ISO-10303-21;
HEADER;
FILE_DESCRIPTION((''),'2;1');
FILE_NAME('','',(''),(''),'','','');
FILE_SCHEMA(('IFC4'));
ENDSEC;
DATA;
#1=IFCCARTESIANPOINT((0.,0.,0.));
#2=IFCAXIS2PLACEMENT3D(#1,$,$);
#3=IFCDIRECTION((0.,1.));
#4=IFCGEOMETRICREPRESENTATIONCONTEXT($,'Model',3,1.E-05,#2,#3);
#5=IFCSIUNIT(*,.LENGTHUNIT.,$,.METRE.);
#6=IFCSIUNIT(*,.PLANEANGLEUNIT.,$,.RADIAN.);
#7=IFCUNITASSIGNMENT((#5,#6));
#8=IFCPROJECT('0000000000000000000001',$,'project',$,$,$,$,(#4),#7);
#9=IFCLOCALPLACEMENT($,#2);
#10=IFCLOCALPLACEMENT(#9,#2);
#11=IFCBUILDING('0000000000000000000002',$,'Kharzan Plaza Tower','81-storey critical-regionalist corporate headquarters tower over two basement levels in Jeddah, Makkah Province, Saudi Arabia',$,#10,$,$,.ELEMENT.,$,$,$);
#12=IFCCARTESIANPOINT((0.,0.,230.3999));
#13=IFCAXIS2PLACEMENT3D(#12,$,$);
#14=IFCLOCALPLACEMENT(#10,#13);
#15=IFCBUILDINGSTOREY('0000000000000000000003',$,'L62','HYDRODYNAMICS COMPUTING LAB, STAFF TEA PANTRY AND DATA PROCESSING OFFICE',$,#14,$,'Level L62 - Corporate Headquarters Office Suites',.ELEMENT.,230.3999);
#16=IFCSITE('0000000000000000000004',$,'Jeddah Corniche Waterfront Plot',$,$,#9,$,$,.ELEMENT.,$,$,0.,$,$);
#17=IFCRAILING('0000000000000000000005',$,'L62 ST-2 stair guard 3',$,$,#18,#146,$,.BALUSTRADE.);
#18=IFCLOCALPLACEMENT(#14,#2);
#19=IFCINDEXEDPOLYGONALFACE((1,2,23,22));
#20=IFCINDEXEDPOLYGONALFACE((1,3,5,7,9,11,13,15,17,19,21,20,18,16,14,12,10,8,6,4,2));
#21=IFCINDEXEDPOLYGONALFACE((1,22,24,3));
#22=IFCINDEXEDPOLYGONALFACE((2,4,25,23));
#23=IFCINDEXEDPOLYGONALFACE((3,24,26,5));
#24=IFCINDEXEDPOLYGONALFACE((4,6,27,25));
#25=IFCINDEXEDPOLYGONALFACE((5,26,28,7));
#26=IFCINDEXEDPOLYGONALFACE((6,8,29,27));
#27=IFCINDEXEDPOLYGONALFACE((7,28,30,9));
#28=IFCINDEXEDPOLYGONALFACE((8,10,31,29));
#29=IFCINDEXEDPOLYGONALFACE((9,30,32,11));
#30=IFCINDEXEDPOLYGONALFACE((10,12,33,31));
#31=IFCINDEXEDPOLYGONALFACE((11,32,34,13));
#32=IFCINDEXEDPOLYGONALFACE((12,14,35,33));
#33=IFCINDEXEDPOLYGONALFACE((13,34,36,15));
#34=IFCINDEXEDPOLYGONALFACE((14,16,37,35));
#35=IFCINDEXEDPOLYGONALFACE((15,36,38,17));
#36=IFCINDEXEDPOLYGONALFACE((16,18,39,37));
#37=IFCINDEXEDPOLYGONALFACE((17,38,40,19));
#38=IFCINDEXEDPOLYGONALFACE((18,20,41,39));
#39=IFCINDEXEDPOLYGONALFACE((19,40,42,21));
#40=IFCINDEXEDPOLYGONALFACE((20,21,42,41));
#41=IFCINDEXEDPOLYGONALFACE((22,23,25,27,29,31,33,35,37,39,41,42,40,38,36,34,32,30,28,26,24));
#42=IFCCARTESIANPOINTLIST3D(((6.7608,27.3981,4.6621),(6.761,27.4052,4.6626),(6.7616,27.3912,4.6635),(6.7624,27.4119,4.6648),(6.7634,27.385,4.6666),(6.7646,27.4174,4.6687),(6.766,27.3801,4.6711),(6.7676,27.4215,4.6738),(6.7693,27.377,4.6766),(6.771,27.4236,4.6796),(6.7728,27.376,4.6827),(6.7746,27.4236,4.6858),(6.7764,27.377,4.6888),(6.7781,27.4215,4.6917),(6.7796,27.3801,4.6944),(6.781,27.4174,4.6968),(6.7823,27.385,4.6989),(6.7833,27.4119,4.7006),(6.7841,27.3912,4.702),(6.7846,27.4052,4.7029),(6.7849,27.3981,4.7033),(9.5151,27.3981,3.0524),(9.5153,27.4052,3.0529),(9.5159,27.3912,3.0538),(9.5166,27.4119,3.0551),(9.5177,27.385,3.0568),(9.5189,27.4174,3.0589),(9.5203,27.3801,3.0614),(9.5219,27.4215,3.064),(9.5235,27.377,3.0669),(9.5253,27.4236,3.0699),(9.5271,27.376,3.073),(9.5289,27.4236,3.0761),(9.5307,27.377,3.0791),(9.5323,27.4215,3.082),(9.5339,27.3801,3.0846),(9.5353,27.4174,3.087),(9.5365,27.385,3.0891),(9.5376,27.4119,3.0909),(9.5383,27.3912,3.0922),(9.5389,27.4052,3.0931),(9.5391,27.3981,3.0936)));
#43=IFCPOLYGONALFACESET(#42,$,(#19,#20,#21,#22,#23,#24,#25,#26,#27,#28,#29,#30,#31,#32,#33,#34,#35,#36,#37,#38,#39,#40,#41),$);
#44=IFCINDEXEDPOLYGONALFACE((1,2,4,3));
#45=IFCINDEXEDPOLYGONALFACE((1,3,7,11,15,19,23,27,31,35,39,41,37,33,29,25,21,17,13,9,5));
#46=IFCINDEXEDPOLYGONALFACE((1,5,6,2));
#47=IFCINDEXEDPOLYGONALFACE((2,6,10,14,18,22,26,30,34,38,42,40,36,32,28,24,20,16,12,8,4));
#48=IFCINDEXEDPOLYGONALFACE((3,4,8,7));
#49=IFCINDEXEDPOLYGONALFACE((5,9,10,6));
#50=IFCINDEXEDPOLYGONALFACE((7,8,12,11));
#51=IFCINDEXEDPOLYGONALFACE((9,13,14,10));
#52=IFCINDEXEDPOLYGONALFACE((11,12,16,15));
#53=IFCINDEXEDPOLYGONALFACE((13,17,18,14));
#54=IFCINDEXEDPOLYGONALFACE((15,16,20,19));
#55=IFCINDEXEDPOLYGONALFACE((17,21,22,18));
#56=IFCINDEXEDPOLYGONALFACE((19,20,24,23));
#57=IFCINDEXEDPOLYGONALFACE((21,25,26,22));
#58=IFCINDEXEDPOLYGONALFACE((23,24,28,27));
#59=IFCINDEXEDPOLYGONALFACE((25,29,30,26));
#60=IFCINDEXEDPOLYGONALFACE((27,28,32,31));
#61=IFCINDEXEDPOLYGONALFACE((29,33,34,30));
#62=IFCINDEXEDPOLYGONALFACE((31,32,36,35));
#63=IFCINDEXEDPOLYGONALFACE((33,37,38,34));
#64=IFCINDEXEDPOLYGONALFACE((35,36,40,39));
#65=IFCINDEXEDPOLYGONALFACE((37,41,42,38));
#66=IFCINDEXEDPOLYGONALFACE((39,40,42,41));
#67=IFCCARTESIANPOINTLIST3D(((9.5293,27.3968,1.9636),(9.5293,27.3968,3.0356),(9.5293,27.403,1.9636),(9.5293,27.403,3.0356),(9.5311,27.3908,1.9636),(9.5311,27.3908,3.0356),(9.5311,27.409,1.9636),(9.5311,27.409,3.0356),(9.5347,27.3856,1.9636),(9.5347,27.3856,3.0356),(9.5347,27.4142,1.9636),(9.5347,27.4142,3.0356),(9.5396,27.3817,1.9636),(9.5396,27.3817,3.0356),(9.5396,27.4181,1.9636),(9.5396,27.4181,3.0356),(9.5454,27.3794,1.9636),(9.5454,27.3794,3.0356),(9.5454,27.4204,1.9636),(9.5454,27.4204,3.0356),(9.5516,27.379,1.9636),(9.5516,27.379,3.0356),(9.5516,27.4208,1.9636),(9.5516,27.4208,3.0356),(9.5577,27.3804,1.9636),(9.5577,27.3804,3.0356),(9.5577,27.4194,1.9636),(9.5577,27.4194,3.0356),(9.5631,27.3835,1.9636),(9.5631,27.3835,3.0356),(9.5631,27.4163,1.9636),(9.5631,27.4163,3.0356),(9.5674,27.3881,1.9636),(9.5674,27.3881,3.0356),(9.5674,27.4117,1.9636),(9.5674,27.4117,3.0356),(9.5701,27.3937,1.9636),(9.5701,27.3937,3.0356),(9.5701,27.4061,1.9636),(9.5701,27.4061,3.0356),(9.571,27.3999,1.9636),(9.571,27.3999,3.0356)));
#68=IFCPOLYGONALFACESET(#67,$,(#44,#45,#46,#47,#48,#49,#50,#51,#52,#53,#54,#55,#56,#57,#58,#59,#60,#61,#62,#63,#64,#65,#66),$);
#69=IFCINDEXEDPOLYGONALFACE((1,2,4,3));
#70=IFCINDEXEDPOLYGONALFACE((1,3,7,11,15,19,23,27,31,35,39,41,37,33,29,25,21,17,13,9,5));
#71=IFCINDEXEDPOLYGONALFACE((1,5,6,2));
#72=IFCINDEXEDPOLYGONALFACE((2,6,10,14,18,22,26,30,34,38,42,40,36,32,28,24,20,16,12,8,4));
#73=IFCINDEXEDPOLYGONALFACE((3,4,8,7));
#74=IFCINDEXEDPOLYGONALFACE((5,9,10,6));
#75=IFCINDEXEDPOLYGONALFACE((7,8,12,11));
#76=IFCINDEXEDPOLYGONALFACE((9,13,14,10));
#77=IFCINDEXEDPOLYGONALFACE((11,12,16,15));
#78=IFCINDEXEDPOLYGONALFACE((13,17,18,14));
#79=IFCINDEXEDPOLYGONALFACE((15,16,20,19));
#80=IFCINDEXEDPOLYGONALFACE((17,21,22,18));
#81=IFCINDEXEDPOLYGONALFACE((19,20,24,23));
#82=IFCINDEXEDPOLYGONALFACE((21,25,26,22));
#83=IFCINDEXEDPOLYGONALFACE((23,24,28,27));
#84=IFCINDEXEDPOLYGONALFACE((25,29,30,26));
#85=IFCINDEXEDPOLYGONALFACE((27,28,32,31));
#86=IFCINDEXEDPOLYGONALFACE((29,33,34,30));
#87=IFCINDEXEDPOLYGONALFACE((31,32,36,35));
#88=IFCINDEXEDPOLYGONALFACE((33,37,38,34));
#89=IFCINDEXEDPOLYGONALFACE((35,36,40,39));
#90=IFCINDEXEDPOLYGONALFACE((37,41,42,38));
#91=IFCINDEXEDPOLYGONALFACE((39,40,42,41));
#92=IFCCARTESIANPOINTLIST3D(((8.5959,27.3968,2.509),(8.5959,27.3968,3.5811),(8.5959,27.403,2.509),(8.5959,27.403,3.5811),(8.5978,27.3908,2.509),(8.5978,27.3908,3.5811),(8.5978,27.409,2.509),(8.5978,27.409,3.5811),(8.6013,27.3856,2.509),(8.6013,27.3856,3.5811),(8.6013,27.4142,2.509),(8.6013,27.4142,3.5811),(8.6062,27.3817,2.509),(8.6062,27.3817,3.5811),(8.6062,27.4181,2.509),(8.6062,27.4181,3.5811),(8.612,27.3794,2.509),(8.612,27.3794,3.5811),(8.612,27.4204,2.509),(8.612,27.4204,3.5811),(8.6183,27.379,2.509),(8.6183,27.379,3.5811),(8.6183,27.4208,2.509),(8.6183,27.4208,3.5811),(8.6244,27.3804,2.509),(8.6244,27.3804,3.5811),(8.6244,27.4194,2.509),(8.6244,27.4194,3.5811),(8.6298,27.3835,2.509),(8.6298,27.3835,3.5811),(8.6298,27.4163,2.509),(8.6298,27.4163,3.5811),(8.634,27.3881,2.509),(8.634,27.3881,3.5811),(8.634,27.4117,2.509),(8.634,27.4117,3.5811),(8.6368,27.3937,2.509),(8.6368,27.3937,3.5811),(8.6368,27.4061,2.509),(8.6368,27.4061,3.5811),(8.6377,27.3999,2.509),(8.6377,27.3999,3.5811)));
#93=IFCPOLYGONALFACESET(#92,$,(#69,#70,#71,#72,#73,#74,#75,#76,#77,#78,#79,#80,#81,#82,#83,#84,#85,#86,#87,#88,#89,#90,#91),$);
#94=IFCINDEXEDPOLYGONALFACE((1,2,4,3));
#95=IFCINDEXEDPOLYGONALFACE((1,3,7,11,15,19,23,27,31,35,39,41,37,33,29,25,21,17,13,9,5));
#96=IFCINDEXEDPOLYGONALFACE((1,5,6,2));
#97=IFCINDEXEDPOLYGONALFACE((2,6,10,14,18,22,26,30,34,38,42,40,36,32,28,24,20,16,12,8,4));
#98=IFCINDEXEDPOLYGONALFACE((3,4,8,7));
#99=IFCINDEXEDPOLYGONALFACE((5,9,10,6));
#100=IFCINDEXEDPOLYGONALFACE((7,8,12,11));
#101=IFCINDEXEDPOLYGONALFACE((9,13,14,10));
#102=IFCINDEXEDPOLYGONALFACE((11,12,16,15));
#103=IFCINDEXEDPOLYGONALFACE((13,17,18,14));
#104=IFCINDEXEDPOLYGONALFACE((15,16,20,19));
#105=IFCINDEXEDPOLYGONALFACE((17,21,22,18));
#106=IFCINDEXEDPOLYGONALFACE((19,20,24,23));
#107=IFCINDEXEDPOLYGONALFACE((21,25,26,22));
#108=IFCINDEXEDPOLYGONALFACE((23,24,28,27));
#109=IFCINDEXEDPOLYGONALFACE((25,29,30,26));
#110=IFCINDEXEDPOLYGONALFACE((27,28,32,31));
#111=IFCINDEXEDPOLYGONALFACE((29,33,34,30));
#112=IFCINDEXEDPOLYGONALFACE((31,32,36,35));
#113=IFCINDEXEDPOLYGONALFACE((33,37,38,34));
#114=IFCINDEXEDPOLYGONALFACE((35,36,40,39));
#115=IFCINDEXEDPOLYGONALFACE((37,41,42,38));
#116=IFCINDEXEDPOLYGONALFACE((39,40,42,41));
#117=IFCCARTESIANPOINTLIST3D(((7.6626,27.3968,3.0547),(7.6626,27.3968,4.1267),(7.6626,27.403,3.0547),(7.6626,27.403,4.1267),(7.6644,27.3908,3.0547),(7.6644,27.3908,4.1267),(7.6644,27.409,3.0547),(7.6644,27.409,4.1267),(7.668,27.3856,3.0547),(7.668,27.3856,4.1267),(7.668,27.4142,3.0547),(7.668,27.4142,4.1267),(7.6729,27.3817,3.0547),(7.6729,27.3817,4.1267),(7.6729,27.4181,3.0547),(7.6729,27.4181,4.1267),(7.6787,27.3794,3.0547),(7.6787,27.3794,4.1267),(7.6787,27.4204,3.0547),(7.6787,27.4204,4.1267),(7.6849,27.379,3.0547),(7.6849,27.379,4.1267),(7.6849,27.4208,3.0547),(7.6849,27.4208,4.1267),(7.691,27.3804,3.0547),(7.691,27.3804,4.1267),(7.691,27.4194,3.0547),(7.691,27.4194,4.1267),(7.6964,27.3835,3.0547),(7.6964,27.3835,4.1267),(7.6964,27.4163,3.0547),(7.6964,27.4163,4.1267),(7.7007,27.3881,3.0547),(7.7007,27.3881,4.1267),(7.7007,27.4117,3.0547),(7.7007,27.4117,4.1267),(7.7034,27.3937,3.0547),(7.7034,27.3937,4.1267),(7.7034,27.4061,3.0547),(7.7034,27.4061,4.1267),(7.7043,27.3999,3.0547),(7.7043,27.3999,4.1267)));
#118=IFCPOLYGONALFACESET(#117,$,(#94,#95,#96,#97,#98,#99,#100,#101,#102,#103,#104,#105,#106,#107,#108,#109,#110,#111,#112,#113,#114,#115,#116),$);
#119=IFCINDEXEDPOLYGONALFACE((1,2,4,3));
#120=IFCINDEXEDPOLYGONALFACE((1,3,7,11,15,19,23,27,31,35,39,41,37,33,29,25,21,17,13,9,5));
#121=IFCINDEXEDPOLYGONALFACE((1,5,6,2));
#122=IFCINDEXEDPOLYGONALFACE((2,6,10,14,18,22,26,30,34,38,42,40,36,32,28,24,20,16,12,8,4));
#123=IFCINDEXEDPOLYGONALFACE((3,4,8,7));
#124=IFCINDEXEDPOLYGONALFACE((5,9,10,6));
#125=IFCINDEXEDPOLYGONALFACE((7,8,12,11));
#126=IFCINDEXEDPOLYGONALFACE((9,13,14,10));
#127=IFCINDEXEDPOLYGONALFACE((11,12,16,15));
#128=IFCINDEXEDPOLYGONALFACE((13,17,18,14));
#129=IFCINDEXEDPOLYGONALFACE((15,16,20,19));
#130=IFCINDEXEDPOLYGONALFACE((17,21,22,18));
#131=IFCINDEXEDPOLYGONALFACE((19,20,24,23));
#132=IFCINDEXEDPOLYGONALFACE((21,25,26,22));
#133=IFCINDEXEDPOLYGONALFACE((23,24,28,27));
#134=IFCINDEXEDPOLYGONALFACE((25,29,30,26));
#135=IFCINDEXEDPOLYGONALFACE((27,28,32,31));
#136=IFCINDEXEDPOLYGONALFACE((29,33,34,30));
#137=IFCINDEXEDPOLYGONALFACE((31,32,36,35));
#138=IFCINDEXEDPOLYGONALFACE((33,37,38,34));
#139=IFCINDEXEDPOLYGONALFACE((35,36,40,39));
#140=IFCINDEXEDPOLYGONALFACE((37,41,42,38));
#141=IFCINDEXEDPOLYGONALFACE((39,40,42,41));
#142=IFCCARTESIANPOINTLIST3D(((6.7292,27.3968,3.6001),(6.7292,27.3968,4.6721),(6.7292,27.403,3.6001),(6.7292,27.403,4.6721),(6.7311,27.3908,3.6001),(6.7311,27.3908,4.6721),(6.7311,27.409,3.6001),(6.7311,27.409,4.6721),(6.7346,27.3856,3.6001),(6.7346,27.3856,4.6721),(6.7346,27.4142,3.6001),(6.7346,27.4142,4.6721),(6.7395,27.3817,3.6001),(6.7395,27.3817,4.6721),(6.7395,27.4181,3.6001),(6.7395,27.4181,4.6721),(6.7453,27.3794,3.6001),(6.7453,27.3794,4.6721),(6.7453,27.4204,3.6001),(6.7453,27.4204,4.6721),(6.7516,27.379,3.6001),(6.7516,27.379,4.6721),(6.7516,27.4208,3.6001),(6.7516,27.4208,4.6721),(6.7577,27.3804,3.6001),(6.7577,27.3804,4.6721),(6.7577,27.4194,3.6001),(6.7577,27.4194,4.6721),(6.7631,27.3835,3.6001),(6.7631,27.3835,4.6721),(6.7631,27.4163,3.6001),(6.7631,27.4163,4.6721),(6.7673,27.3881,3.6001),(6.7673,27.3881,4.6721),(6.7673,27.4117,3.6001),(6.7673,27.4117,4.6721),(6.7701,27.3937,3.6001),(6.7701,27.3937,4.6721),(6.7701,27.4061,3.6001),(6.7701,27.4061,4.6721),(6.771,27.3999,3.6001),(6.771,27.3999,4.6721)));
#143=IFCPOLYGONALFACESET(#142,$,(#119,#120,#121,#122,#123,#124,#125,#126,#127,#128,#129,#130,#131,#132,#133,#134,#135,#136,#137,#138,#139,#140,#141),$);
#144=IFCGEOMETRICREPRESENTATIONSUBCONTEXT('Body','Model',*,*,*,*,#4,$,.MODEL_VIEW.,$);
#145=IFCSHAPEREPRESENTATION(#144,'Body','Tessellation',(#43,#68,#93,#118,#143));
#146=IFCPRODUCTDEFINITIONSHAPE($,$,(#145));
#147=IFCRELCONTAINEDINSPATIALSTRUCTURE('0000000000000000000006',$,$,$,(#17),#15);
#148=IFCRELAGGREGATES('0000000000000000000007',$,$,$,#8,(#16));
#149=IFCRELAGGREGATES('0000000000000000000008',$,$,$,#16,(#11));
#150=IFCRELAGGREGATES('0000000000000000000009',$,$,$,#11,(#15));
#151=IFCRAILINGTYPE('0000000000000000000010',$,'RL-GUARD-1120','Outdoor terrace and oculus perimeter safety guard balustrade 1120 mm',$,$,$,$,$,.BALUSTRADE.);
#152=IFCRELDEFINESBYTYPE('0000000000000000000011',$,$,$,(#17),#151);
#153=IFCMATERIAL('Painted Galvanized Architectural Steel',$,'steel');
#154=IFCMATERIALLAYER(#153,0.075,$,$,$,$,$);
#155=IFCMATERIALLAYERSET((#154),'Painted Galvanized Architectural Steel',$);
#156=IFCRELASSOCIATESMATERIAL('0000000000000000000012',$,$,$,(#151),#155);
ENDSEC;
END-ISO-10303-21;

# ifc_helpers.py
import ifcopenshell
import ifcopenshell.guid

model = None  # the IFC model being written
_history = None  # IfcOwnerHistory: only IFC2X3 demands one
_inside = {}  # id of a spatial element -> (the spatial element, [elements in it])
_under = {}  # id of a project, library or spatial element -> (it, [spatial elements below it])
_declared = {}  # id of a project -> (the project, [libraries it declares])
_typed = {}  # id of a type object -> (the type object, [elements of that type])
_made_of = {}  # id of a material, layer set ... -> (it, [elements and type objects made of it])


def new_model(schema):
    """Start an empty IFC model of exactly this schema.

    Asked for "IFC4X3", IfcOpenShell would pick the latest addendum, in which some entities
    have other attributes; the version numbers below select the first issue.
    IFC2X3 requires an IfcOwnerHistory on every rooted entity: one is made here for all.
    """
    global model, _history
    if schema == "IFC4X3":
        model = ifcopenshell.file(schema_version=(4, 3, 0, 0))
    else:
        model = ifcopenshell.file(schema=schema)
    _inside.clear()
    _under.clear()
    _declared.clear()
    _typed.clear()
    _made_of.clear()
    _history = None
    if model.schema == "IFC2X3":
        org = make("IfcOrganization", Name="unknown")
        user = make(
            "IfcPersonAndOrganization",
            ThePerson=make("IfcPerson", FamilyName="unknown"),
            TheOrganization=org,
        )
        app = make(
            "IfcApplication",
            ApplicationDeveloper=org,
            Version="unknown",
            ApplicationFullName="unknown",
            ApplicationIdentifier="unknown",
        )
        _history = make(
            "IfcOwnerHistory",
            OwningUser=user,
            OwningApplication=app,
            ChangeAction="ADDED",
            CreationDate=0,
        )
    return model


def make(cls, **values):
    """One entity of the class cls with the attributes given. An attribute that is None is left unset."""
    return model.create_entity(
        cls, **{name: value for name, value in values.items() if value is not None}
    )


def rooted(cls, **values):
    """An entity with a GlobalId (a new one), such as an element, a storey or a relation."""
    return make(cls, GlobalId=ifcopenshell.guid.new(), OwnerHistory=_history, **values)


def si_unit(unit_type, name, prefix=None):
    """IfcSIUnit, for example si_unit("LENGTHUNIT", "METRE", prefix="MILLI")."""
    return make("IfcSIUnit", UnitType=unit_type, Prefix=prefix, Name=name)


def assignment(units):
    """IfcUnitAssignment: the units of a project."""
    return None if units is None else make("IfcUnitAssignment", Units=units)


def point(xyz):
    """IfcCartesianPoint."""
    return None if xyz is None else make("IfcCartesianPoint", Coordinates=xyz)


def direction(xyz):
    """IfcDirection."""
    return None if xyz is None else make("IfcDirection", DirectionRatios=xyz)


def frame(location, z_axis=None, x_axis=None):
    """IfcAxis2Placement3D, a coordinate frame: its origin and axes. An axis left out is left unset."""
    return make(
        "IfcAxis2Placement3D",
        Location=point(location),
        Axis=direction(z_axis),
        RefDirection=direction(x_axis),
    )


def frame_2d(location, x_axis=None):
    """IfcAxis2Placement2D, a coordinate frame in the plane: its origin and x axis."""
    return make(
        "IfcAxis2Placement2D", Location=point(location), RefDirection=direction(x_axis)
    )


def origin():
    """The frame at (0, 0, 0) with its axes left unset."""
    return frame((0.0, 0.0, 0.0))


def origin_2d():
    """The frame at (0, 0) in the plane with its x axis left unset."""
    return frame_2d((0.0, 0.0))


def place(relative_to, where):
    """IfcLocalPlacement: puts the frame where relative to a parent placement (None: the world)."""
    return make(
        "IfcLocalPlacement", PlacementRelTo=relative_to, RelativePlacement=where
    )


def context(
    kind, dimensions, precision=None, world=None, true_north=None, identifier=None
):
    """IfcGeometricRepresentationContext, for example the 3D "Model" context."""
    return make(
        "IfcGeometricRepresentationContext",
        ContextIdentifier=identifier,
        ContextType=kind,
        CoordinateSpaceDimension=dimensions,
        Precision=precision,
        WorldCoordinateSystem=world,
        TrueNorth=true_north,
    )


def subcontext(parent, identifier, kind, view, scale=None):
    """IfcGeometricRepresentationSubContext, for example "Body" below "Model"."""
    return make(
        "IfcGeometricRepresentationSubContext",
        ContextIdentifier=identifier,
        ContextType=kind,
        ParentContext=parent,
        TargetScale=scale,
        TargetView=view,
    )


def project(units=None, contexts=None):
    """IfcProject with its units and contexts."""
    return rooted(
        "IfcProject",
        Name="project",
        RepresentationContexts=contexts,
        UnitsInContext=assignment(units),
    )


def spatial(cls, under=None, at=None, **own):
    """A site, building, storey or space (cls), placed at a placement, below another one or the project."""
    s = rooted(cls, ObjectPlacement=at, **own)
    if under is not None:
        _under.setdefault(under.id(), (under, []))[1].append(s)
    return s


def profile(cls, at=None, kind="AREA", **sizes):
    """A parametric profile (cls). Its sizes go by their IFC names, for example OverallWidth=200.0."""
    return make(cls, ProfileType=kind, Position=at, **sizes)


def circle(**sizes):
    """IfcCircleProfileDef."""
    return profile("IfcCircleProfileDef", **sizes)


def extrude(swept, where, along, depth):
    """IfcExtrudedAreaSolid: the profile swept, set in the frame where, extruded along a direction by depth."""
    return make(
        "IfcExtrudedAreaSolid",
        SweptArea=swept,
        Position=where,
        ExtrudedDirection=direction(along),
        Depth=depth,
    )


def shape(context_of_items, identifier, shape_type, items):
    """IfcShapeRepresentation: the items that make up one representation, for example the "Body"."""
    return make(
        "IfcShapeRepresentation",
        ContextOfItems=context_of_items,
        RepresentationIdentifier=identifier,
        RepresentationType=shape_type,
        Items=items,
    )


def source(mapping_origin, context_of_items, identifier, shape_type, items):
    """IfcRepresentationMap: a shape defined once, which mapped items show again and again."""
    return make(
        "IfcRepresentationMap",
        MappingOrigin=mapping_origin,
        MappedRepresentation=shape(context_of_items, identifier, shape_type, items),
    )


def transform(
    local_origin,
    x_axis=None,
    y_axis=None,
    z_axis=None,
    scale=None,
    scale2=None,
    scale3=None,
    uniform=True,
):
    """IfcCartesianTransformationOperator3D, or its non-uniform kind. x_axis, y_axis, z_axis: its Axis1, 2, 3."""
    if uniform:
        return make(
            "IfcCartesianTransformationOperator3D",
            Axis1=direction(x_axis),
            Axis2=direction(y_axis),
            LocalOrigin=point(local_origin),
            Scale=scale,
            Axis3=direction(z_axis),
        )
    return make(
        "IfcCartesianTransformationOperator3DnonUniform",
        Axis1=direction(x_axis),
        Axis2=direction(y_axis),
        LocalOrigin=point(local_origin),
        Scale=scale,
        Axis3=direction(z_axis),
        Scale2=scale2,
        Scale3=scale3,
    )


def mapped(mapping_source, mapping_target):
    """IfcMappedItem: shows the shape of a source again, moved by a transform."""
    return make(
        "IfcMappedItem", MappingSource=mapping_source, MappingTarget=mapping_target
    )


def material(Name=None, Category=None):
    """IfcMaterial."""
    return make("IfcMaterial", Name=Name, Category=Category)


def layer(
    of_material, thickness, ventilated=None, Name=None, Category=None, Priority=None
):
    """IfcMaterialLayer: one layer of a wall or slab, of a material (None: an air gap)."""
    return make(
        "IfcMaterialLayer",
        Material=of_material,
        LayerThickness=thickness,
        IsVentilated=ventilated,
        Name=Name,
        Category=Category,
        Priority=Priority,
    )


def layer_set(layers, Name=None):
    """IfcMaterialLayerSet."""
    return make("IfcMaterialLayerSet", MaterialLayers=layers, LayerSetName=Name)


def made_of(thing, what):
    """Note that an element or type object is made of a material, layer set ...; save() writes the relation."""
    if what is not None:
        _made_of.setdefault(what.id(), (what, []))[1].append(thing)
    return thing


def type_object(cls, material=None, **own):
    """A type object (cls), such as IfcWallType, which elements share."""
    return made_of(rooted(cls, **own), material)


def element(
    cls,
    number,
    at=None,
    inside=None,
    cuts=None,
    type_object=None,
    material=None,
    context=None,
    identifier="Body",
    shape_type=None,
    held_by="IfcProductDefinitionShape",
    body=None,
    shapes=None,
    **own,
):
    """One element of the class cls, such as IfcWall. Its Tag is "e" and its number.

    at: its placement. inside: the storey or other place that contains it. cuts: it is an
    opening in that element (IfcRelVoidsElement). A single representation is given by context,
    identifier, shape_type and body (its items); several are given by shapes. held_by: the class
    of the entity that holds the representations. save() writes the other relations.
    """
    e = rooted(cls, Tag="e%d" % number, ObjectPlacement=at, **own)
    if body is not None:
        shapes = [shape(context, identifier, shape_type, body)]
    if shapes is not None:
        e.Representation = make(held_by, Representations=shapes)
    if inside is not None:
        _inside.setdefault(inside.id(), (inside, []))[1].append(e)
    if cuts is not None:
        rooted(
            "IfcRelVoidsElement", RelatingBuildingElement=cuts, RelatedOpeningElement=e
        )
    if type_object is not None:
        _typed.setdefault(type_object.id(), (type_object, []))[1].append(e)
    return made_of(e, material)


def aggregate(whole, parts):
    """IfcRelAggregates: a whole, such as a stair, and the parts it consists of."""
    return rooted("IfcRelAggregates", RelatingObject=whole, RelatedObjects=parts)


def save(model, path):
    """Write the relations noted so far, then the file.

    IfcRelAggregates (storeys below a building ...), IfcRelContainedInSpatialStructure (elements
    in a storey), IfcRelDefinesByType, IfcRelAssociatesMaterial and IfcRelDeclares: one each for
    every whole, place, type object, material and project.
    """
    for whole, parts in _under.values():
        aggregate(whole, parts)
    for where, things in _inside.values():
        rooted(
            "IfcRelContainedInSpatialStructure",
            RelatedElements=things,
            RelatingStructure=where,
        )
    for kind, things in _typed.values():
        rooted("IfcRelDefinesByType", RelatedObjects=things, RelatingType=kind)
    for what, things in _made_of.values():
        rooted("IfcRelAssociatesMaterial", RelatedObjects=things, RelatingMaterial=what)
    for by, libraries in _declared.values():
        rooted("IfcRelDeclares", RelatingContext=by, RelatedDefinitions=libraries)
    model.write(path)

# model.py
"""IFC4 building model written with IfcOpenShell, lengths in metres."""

from ifc_helpers import new_model, si_unit, direction, frame, origin, origin_2d, place, context, subcontext, project, spatial, circle, extrude, source, transform, mapped, material, layer, layer_set, type_object, element, save


model = new_model("IFC4")

# Units and contexts
model_context = context("Model", 3, precision=1e-05, world=origin(), true_north=direction((0.0, 1.0)))
body_context = subcontext(model_context, "Body", "Model", "MODEL_VIEW")
ifc_project = project(units=[si_unit("LENGTHUNIT", "METRE"), si_unit("PLANEANGLEUNIT", "RADIAN")], contexts=[model_context])

# Site, building, storey
site_placement = place(None, origin())
site = spatial("IfcSite", under=ifc_project, at=site_placement, Name="Jeddah Corniche Waterfront Plot", CompositionType="ELEMENT", RefElevation=0.0)
building_placement = place(site_placement, origin())
building = spatial("IfcBuilding", under=site, at=building_placement, Name="Kharzan Plaza Tower", Description="81-storey critical-regionalist corporate headquarters tower over two basement levels in Jeddah, Makkah Province, Saudi Arabia", CompositionType="ELEMENT")
storey_placement = place(building_placement, frame((0.0, 0.0, 230.3999)))
storey = spatial("IfcBuildingStorey", under=building, at=storey_placement, Name="L62", Description="HYDRODYNAMICS COMPUTING LAB, STAFF TEA PANTRY AND DATA PROCESSING OFFICE", LongName="Level L62 - Corporate Headquarters Office Suites", CompositionType="ELEMENT", Elevation=230.3999)

# Railing
ifc_material_1 = material(Name="Painted Galvanized Architectural Steel", Category="steel")
ifc_layer_1 = layer(ifc_material_1, 0.075)
ifc_layer_set_1 = layer_set([ifc_layer_1], Name="Painted Galvanized Architectural Steel")
railing_type_1 = type_object("IfcRailingType", Name="RL-GUARD-1120", Description="Outdoor terrace and oculus perimeter safety guard balustrade 1120 mm", PredefinedType="BALUSTRADE", material=ifc_layer_set_1)
shared_shape_1 = source(origin(), body_context, "Body", "SweptSolid", [
    extrude(circle(Radius=0.0239, at=origin_2d()), frame((-0.0229, 0.0, 1.1094), z_axis=(-0.863361, 0.0, 0.504587), x_axis=(0.0, -1.0, 0.0)), (0.0, 0.0, 1.0), 3.1902),
    extrude(circle(Radius=0.021, at=origin_2d()), origin(), (0.0, 0.0, 1.0), 1.072),
    extrude(circle(Radius=0.021, at=origin_2d()), frame((-0.9333, 0.0, 0.5454)), (0.0, 0.0, 1.0), 1.072),
    extrude(circle(Radius=0.021, at=origin_2d()), frame((-1.8667, 0.0, 1.0911)), (0.0, 0.0, 1.0), 1.072),
    extrude(circle(Radius=0.021, at=origin_2d()), frame((-2.8, 0.0, 1.6365)), (0.0, 0.0, 1.0), 1.072),
])
railing_1_placement = place(storey_placement, frame((9.55, 27.3999, 1.9636)))
element("IfcRailing", 1, at=railing_1_placement, inside=storey, type_object=railing_type_1, Name="L62 ST-2 stair guard 3", PredefinedType="BALUSTRADE", context=body_context, shape_type="MappedRepresentation", body=[
    mapped(shared_shape_1, transform((0.0, 0.0, 0.0), x_axis=(1.0, 0.0, 0.0), y_axis=(0.0, 1.0, 0.0), z_axis=(0.0, 0.0, 1.0))),
])

save(model, "model.ifc")
